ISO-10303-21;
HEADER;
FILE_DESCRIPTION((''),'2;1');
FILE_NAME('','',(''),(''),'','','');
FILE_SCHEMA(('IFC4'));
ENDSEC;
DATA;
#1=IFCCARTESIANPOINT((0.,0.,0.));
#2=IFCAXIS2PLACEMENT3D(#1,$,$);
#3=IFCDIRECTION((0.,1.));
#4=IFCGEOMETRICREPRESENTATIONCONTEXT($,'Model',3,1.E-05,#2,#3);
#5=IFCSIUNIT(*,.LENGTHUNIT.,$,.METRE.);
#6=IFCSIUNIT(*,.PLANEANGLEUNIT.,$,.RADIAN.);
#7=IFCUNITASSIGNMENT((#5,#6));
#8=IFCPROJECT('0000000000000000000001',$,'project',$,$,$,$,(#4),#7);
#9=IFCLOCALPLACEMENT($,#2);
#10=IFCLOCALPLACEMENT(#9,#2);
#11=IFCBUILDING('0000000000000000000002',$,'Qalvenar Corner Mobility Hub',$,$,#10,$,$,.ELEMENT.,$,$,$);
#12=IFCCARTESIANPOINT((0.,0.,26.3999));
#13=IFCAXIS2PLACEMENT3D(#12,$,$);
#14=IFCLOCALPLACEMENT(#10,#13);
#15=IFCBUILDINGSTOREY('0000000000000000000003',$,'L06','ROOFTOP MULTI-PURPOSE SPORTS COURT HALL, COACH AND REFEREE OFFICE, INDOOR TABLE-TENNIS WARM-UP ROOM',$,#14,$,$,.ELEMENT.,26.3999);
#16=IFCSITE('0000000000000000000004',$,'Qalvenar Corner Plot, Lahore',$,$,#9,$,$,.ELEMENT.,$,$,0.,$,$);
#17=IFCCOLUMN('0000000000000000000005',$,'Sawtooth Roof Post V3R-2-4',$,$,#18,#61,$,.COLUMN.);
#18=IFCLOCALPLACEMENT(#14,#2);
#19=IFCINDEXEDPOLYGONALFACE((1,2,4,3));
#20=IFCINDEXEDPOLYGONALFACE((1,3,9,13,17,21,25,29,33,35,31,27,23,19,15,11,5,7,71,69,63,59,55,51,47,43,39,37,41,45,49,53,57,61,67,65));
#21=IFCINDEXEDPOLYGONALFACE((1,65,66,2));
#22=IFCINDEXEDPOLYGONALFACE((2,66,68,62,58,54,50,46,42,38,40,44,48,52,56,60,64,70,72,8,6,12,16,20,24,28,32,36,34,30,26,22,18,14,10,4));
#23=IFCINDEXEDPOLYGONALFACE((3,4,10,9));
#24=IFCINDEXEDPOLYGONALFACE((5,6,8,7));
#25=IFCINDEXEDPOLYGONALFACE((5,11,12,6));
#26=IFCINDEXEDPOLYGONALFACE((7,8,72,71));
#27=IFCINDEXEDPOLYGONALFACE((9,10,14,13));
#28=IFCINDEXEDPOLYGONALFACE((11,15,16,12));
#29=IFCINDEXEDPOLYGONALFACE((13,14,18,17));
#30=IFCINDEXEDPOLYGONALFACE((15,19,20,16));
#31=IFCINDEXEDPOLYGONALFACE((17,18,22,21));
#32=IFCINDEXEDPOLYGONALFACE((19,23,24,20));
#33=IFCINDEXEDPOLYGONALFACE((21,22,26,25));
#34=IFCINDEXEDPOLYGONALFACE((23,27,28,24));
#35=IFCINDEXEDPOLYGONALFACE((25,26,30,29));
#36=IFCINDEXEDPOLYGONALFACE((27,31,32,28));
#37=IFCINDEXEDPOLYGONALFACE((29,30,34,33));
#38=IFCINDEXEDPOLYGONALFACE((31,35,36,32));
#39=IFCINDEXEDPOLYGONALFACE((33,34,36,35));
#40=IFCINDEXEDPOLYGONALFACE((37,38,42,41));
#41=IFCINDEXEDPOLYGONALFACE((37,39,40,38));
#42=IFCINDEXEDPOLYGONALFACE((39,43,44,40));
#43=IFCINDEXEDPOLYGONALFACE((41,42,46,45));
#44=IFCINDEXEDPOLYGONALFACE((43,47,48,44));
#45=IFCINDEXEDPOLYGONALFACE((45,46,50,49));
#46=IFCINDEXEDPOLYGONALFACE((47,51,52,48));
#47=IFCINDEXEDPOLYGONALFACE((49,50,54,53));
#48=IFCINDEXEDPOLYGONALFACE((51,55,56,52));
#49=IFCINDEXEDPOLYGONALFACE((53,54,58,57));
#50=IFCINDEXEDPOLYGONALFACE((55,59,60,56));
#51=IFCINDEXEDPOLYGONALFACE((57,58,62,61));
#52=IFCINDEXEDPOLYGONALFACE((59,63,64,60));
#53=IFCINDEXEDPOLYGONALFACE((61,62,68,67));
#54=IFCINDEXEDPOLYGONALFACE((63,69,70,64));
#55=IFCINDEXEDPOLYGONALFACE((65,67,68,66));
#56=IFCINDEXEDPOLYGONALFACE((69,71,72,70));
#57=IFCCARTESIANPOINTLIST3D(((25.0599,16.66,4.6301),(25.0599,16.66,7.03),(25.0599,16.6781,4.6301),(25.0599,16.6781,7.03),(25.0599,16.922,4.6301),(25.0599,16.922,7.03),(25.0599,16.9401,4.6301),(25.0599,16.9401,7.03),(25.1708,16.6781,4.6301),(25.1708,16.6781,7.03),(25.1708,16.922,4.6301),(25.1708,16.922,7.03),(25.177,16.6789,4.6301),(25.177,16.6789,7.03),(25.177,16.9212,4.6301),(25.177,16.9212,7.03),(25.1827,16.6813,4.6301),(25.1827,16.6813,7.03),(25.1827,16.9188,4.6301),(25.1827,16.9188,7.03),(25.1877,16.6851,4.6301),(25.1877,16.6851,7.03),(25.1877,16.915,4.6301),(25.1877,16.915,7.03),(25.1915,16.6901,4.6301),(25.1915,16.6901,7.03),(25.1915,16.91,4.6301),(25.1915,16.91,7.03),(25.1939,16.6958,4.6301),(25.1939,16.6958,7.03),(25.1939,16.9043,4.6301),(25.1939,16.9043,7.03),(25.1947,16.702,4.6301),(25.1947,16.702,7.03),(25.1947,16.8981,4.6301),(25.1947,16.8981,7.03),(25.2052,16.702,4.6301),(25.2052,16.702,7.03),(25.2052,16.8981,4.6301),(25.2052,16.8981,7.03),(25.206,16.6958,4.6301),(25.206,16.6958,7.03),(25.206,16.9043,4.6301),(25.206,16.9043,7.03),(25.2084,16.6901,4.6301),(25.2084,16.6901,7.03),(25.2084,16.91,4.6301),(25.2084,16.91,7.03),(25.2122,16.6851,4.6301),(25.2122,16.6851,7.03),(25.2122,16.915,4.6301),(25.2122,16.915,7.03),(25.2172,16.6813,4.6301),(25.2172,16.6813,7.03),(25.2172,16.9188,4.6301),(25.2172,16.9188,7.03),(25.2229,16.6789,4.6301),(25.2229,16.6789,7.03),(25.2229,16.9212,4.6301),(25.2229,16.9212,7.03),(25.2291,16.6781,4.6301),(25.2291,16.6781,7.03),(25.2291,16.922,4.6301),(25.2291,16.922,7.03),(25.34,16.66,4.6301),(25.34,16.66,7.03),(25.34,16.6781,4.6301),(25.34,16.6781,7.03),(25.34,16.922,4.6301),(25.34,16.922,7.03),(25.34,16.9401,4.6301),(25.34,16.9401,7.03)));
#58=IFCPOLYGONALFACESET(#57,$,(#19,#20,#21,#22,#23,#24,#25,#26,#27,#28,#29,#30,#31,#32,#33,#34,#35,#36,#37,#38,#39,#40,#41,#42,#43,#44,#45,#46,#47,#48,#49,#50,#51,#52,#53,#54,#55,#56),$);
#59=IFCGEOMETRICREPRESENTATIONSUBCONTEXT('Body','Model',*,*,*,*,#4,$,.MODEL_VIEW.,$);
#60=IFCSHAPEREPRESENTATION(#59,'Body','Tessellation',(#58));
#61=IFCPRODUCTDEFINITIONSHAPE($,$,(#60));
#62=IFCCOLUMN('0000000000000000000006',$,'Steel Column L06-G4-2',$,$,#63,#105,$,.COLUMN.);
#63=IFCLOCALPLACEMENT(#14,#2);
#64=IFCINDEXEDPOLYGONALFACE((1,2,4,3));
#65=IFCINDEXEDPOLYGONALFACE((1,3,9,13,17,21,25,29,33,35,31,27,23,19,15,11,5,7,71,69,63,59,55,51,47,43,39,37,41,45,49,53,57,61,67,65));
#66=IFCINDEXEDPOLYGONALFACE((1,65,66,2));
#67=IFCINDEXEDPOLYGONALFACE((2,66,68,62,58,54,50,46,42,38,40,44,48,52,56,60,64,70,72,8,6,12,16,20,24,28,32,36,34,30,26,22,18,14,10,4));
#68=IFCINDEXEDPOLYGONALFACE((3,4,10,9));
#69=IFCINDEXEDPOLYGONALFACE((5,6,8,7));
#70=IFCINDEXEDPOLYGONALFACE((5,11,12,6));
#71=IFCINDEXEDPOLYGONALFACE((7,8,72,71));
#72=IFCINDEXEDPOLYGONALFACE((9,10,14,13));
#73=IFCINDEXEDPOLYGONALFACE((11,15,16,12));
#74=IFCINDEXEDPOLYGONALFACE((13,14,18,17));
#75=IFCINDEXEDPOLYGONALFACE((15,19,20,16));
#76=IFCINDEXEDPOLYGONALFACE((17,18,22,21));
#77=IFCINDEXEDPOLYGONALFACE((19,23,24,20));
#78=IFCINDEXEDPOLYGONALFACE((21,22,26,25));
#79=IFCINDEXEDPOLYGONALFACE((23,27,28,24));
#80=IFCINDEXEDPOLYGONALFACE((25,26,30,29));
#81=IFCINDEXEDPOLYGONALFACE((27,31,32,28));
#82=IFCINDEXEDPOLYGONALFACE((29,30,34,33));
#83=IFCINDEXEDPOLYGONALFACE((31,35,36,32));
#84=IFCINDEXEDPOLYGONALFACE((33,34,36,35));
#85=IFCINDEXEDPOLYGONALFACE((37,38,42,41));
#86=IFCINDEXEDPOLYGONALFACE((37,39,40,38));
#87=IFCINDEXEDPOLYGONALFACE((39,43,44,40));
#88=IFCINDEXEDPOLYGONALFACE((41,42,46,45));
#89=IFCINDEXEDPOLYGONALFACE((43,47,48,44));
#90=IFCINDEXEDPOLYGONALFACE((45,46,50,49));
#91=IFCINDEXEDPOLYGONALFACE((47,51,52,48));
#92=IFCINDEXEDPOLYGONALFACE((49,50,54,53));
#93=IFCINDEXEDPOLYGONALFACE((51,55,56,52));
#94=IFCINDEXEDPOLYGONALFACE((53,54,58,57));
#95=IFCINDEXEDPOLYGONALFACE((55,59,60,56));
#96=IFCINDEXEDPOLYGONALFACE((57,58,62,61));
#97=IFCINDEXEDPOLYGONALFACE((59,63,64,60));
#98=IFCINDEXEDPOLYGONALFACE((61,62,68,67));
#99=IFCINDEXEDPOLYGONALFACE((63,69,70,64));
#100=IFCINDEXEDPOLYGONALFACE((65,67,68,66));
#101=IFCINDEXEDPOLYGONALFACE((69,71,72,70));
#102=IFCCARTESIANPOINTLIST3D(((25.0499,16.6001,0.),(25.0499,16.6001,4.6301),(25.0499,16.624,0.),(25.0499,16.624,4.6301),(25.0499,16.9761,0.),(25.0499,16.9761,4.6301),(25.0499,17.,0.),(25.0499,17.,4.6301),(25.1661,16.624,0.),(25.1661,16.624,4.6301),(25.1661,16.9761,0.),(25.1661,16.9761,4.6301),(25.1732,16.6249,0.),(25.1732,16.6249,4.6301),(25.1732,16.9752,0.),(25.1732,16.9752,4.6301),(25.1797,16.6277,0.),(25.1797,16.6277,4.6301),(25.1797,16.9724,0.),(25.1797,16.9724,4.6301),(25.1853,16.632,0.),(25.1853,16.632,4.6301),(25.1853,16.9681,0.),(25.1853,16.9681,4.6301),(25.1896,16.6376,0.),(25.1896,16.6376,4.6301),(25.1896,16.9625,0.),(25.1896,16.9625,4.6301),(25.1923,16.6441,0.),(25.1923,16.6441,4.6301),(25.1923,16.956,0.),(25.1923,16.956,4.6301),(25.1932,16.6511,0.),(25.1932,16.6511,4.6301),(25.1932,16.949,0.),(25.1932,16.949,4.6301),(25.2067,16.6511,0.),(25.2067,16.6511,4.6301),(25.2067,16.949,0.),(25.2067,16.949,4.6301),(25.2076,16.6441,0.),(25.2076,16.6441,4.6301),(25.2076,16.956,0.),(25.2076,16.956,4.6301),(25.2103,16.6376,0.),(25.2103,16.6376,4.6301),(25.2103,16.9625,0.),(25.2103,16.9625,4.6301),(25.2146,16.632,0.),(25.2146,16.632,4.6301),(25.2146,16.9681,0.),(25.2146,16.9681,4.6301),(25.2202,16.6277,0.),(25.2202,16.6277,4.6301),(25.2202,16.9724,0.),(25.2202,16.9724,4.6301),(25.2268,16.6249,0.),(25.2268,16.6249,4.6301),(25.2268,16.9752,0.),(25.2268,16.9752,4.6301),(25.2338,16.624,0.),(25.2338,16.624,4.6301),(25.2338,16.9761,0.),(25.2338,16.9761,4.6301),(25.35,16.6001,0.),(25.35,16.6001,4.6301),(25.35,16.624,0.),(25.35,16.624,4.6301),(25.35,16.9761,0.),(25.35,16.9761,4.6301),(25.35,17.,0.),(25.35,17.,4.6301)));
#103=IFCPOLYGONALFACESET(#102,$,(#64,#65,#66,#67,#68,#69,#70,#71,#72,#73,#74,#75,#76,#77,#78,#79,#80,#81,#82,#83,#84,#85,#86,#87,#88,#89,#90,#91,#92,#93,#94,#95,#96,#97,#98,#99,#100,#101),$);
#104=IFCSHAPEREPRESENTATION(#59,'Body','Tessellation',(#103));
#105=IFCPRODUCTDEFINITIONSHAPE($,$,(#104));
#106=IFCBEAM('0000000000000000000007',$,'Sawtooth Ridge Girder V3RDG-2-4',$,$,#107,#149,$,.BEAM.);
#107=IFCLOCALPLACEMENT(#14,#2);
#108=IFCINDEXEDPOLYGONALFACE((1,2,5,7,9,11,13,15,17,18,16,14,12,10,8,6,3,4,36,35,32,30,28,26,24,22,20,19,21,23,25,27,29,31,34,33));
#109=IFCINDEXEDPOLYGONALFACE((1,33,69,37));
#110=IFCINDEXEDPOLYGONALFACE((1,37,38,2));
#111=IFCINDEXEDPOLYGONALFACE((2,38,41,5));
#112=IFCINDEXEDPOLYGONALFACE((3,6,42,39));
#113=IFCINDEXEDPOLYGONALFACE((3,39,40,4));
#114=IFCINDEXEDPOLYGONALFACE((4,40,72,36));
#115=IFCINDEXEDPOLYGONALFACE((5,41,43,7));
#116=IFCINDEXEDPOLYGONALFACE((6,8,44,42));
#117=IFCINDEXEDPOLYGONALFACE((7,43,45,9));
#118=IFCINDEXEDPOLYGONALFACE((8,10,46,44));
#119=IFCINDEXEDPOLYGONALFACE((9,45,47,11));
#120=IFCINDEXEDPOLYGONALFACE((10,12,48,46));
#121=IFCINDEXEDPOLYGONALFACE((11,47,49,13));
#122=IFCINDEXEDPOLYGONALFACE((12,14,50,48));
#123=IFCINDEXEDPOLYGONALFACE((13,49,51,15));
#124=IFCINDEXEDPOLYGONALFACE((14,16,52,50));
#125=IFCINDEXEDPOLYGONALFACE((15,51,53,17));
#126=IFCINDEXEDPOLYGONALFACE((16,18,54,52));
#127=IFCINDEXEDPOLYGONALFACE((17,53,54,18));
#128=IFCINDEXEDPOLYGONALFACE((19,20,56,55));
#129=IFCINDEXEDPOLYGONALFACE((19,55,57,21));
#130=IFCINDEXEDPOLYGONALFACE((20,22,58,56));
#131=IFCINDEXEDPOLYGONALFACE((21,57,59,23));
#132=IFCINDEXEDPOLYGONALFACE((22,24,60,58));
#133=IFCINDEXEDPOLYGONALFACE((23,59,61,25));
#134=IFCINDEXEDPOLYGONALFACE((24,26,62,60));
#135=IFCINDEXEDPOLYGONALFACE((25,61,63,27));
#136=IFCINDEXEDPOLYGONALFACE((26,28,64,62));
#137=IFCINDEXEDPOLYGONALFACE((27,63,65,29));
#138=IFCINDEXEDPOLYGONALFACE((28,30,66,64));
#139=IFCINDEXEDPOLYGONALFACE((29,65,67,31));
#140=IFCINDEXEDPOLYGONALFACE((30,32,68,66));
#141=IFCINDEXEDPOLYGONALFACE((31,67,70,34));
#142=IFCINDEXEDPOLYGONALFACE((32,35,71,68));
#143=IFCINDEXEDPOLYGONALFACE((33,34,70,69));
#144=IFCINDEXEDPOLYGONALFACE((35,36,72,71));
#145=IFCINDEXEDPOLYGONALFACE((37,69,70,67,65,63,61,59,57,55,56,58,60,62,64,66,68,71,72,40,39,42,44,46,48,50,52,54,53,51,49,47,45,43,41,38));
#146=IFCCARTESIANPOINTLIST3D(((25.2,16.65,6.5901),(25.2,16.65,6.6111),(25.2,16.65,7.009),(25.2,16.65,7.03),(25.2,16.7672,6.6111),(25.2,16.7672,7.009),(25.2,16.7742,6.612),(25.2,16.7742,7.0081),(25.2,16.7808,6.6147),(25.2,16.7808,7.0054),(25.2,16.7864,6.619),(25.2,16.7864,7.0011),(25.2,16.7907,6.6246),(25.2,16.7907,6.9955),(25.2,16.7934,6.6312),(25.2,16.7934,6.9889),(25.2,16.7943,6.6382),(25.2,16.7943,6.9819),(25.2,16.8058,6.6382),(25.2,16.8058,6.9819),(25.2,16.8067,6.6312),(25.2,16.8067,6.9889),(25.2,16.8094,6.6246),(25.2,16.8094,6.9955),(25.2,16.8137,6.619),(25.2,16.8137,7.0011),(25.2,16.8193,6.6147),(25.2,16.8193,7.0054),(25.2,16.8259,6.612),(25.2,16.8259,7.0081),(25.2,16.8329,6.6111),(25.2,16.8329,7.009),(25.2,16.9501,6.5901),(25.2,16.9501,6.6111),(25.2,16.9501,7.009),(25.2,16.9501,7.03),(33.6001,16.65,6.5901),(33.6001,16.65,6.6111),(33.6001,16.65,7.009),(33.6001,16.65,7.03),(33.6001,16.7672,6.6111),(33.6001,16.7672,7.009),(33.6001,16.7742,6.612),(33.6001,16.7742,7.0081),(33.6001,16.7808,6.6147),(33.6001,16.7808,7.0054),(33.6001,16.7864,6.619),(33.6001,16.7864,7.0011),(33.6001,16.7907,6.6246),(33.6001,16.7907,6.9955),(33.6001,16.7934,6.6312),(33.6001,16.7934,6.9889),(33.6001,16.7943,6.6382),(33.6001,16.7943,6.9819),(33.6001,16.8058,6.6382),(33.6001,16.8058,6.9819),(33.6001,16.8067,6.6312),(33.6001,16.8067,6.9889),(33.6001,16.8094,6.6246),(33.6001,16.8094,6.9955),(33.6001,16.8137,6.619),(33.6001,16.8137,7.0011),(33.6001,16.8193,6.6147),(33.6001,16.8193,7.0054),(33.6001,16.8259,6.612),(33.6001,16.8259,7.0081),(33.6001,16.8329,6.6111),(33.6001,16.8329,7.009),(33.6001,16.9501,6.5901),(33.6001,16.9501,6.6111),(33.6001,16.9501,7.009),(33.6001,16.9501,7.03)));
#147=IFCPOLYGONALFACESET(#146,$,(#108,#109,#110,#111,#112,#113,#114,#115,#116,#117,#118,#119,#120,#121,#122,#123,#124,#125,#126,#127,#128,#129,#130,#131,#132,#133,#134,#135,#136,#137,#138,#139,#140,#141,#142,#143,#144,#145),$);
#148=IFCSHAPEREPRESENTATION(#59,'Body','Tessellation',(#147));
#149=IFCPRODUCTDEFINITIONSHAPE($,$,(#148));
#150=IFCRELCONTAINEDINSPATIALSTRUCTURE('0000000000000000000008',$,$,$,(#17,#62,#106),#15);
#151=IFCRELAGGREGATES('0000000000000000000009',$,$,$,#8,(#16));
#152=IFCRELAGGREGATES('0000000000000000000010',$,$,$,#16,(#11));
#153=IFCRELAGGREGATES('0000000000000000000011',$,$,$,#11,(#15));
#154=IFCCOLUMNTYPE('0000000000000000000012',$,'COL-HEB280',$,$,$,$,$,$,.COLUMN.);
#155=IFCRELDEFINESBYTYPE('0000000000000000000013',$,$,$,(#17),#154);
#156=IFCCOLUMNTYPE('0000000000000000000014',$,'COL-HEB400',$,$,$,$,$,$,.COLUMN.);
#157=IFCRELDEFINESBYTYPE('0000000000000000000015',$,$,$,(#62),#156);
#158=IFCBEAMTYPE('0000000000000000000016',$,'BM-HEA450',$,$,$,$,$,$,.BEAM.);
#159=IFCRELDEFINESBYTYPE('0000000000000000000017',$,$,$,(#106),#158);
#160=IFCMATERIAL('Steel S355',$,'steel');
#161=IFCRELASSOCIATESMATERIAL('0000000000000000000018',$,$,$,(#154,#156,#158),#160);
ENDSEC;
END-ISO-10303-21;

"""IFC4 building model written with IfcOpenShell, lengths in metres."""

from ifc_helpers import new_model, si_unit, direction, frame, origin, origin_2d, place, context, subcontext, project, spatial, i_section, extrude, material, material_profile, profile_set, type_object, element, save


model = new_model("IFC4")

# Units and contexts
model_context = context("Model", 3, precision=1e-05, world=origin(), true_north=direction((0.0, 1.0)))
body_context = subcontext(model_context, "Body", "Model", "MODEL_VIEW")
ifc_project = project(units=[si_unit("LENGTHUNIT", "METRE"), si_unit("PLANEANGLEUNIT", "RADIAN")], contexts=[model_context])

# Site, building, storey
site_placement = place(None, origin())
site = spatial("IfcSite", under=ifc_project, at=site_placement, Name="Qalvenar Corner Plot, Lahore", CompositionType="ELEMENT", RefElevation=0.0)
building_placement = place(site_placement, origin())
building = spatial("IfcBuilding", under=site, at=building_placement, Name="Qalvenar Corner Mobility Hub", CompositionType="ELEMENT")
storey_placement = place(building_placement, frame((0.0, 0.0, 26.3999)))
storey = spatial("IfcBuildingStorey", under=building, at=storey_placement, Name="L06", Description="ROOFTOP MULTI-PURPOSE SPORTS COURT HALL, COACH AND REFEREE OFFICE, INDOOR TABLE-TENNIS WARM-UP ROOM", CompositionType="ELEMENT", Elevation=26.3999)

# Columns
ifc_material_1 = material(Name="Steel S355", Category="steel")
ifc_material_profile_1 = material_profile(ifc_material_1, i_section(OverallWidth=0.28, OverallDepth=0.28, WebThickness=0.0105, FlangeThickness=0.0181, FilletRadius=0.0239, at=origin_2d()), Name="HEB280")
ifc_profile_set_1 = profile_set([ifc_material_profile_1], Name="Steel S355")
column_type_1 = type_object("IfcColumnType", Name="COL-HEB280", PredefinedType="COLUMN", material=ifc_profile_set_1)
column_1_placement = place(storey_placement, frame((25.2, 16.8, 4.6301), z_axis=(0.0, 0.0, 1.0), x_axis=(1.0, 0.0, 0.0)))
element("IfcColumn", 1, at=column_1_placement, inside=storey, type_object=column_type_1, Name="Sawtooth Roof Post V3R-2-4", PredefinedType="COLUMN", context=body_context, shape_type="SweptSolid", body=[
    extrude(i_section(OverallWidth=0.28, OverallDepth=0.28, WebThickness=0.0105, FlangeThickness=0.0181, FilletRadius=0.0239, at=origin_2d()), origin(), (0.0, 0.0, 1.0), 2.3999),
])
ifc_material_profile_2 = material_profile(ifc_material_1, i_section(OverallWidth=0.3, OverallDepth=0.3999, WebThickness=0.0134, FlangeThickness=0.0239, FilletRadius=0.0271, at=origin_2d()), Name="HEB400")
ifc_profile_set_2 = profile_set([ifc_material_profile_2], Name="Steel S355")
column_type_2 = type_object("IfcColumnType", Name="COL-HEB400", PredefinedType="COLUMN", material=ifc_profile_set_2)
column_2_placement = place(storey_placement, frame((25.2, 16.8, 0.0), z_axis=(0.0, 0.0, 1.0), x_axis=(1.0, 0.0, 0.0)))
element("IfcColumn", 2, at=column_2_placement, inside=storey, type_object=column_type_2, Name="Steel Column L06-G4-2", PredefinedType="COLUMN", context=body_context, shape_type="SweptSolid", body=[
    extrude(i_section(OverallWidth=0.3, OverallDepth=0.3999, WebThickness=0.0134, FlangeThickness=0.0239, FilletRadius=0.0271, at=origin_2d()), origin(), (0.0, 0.0, 1.0), 4.6301),
])

# Beam
ifc_material_profile_3 = material_profile(ifc_material_1, i_section(OverallWidth=0.3, OverallDepth=0.4399, WebThickness=0.0115, FlangeThickness=0.021, FilletRadius=0.0271, at=origin_2d()), Name="HEA450")
ifc_profile_set_3 = profile_set([ifc_material_profile_3], Name="Steel S355")
beam_type_1 = type_object("IfcBeamType", Name="BM-HEA450", PredefinedType="BEAM", material=ifc_profile_set_3)
beam_1_placement = place(storey_placement, frame((25.2, 16.8, 6.8101), z_axis=(1.0, 0.0, 0.0), x_axis=(0.0, 1.0, 0.0)))
element("IfcBeam", 3, at=beam_1_placement, inside=storey, type_object=beam_type_1, Name="Sawtooth Ridge Girder V3RDG-2-4", PredefinedType="BEAM", context=body_context, shape_type="SweptSolid", body=[
    extrude(i_section(OverallWidth=0.3, OverallDepth=0.4399, WebThickness=0.0115, FlangeThickness=0.021, FilletRadius=0.0271, at=origin_2d()), origin(), (0.0, 0.0, 1.0), 8.4001),
])

save(model, "model.ifc")
